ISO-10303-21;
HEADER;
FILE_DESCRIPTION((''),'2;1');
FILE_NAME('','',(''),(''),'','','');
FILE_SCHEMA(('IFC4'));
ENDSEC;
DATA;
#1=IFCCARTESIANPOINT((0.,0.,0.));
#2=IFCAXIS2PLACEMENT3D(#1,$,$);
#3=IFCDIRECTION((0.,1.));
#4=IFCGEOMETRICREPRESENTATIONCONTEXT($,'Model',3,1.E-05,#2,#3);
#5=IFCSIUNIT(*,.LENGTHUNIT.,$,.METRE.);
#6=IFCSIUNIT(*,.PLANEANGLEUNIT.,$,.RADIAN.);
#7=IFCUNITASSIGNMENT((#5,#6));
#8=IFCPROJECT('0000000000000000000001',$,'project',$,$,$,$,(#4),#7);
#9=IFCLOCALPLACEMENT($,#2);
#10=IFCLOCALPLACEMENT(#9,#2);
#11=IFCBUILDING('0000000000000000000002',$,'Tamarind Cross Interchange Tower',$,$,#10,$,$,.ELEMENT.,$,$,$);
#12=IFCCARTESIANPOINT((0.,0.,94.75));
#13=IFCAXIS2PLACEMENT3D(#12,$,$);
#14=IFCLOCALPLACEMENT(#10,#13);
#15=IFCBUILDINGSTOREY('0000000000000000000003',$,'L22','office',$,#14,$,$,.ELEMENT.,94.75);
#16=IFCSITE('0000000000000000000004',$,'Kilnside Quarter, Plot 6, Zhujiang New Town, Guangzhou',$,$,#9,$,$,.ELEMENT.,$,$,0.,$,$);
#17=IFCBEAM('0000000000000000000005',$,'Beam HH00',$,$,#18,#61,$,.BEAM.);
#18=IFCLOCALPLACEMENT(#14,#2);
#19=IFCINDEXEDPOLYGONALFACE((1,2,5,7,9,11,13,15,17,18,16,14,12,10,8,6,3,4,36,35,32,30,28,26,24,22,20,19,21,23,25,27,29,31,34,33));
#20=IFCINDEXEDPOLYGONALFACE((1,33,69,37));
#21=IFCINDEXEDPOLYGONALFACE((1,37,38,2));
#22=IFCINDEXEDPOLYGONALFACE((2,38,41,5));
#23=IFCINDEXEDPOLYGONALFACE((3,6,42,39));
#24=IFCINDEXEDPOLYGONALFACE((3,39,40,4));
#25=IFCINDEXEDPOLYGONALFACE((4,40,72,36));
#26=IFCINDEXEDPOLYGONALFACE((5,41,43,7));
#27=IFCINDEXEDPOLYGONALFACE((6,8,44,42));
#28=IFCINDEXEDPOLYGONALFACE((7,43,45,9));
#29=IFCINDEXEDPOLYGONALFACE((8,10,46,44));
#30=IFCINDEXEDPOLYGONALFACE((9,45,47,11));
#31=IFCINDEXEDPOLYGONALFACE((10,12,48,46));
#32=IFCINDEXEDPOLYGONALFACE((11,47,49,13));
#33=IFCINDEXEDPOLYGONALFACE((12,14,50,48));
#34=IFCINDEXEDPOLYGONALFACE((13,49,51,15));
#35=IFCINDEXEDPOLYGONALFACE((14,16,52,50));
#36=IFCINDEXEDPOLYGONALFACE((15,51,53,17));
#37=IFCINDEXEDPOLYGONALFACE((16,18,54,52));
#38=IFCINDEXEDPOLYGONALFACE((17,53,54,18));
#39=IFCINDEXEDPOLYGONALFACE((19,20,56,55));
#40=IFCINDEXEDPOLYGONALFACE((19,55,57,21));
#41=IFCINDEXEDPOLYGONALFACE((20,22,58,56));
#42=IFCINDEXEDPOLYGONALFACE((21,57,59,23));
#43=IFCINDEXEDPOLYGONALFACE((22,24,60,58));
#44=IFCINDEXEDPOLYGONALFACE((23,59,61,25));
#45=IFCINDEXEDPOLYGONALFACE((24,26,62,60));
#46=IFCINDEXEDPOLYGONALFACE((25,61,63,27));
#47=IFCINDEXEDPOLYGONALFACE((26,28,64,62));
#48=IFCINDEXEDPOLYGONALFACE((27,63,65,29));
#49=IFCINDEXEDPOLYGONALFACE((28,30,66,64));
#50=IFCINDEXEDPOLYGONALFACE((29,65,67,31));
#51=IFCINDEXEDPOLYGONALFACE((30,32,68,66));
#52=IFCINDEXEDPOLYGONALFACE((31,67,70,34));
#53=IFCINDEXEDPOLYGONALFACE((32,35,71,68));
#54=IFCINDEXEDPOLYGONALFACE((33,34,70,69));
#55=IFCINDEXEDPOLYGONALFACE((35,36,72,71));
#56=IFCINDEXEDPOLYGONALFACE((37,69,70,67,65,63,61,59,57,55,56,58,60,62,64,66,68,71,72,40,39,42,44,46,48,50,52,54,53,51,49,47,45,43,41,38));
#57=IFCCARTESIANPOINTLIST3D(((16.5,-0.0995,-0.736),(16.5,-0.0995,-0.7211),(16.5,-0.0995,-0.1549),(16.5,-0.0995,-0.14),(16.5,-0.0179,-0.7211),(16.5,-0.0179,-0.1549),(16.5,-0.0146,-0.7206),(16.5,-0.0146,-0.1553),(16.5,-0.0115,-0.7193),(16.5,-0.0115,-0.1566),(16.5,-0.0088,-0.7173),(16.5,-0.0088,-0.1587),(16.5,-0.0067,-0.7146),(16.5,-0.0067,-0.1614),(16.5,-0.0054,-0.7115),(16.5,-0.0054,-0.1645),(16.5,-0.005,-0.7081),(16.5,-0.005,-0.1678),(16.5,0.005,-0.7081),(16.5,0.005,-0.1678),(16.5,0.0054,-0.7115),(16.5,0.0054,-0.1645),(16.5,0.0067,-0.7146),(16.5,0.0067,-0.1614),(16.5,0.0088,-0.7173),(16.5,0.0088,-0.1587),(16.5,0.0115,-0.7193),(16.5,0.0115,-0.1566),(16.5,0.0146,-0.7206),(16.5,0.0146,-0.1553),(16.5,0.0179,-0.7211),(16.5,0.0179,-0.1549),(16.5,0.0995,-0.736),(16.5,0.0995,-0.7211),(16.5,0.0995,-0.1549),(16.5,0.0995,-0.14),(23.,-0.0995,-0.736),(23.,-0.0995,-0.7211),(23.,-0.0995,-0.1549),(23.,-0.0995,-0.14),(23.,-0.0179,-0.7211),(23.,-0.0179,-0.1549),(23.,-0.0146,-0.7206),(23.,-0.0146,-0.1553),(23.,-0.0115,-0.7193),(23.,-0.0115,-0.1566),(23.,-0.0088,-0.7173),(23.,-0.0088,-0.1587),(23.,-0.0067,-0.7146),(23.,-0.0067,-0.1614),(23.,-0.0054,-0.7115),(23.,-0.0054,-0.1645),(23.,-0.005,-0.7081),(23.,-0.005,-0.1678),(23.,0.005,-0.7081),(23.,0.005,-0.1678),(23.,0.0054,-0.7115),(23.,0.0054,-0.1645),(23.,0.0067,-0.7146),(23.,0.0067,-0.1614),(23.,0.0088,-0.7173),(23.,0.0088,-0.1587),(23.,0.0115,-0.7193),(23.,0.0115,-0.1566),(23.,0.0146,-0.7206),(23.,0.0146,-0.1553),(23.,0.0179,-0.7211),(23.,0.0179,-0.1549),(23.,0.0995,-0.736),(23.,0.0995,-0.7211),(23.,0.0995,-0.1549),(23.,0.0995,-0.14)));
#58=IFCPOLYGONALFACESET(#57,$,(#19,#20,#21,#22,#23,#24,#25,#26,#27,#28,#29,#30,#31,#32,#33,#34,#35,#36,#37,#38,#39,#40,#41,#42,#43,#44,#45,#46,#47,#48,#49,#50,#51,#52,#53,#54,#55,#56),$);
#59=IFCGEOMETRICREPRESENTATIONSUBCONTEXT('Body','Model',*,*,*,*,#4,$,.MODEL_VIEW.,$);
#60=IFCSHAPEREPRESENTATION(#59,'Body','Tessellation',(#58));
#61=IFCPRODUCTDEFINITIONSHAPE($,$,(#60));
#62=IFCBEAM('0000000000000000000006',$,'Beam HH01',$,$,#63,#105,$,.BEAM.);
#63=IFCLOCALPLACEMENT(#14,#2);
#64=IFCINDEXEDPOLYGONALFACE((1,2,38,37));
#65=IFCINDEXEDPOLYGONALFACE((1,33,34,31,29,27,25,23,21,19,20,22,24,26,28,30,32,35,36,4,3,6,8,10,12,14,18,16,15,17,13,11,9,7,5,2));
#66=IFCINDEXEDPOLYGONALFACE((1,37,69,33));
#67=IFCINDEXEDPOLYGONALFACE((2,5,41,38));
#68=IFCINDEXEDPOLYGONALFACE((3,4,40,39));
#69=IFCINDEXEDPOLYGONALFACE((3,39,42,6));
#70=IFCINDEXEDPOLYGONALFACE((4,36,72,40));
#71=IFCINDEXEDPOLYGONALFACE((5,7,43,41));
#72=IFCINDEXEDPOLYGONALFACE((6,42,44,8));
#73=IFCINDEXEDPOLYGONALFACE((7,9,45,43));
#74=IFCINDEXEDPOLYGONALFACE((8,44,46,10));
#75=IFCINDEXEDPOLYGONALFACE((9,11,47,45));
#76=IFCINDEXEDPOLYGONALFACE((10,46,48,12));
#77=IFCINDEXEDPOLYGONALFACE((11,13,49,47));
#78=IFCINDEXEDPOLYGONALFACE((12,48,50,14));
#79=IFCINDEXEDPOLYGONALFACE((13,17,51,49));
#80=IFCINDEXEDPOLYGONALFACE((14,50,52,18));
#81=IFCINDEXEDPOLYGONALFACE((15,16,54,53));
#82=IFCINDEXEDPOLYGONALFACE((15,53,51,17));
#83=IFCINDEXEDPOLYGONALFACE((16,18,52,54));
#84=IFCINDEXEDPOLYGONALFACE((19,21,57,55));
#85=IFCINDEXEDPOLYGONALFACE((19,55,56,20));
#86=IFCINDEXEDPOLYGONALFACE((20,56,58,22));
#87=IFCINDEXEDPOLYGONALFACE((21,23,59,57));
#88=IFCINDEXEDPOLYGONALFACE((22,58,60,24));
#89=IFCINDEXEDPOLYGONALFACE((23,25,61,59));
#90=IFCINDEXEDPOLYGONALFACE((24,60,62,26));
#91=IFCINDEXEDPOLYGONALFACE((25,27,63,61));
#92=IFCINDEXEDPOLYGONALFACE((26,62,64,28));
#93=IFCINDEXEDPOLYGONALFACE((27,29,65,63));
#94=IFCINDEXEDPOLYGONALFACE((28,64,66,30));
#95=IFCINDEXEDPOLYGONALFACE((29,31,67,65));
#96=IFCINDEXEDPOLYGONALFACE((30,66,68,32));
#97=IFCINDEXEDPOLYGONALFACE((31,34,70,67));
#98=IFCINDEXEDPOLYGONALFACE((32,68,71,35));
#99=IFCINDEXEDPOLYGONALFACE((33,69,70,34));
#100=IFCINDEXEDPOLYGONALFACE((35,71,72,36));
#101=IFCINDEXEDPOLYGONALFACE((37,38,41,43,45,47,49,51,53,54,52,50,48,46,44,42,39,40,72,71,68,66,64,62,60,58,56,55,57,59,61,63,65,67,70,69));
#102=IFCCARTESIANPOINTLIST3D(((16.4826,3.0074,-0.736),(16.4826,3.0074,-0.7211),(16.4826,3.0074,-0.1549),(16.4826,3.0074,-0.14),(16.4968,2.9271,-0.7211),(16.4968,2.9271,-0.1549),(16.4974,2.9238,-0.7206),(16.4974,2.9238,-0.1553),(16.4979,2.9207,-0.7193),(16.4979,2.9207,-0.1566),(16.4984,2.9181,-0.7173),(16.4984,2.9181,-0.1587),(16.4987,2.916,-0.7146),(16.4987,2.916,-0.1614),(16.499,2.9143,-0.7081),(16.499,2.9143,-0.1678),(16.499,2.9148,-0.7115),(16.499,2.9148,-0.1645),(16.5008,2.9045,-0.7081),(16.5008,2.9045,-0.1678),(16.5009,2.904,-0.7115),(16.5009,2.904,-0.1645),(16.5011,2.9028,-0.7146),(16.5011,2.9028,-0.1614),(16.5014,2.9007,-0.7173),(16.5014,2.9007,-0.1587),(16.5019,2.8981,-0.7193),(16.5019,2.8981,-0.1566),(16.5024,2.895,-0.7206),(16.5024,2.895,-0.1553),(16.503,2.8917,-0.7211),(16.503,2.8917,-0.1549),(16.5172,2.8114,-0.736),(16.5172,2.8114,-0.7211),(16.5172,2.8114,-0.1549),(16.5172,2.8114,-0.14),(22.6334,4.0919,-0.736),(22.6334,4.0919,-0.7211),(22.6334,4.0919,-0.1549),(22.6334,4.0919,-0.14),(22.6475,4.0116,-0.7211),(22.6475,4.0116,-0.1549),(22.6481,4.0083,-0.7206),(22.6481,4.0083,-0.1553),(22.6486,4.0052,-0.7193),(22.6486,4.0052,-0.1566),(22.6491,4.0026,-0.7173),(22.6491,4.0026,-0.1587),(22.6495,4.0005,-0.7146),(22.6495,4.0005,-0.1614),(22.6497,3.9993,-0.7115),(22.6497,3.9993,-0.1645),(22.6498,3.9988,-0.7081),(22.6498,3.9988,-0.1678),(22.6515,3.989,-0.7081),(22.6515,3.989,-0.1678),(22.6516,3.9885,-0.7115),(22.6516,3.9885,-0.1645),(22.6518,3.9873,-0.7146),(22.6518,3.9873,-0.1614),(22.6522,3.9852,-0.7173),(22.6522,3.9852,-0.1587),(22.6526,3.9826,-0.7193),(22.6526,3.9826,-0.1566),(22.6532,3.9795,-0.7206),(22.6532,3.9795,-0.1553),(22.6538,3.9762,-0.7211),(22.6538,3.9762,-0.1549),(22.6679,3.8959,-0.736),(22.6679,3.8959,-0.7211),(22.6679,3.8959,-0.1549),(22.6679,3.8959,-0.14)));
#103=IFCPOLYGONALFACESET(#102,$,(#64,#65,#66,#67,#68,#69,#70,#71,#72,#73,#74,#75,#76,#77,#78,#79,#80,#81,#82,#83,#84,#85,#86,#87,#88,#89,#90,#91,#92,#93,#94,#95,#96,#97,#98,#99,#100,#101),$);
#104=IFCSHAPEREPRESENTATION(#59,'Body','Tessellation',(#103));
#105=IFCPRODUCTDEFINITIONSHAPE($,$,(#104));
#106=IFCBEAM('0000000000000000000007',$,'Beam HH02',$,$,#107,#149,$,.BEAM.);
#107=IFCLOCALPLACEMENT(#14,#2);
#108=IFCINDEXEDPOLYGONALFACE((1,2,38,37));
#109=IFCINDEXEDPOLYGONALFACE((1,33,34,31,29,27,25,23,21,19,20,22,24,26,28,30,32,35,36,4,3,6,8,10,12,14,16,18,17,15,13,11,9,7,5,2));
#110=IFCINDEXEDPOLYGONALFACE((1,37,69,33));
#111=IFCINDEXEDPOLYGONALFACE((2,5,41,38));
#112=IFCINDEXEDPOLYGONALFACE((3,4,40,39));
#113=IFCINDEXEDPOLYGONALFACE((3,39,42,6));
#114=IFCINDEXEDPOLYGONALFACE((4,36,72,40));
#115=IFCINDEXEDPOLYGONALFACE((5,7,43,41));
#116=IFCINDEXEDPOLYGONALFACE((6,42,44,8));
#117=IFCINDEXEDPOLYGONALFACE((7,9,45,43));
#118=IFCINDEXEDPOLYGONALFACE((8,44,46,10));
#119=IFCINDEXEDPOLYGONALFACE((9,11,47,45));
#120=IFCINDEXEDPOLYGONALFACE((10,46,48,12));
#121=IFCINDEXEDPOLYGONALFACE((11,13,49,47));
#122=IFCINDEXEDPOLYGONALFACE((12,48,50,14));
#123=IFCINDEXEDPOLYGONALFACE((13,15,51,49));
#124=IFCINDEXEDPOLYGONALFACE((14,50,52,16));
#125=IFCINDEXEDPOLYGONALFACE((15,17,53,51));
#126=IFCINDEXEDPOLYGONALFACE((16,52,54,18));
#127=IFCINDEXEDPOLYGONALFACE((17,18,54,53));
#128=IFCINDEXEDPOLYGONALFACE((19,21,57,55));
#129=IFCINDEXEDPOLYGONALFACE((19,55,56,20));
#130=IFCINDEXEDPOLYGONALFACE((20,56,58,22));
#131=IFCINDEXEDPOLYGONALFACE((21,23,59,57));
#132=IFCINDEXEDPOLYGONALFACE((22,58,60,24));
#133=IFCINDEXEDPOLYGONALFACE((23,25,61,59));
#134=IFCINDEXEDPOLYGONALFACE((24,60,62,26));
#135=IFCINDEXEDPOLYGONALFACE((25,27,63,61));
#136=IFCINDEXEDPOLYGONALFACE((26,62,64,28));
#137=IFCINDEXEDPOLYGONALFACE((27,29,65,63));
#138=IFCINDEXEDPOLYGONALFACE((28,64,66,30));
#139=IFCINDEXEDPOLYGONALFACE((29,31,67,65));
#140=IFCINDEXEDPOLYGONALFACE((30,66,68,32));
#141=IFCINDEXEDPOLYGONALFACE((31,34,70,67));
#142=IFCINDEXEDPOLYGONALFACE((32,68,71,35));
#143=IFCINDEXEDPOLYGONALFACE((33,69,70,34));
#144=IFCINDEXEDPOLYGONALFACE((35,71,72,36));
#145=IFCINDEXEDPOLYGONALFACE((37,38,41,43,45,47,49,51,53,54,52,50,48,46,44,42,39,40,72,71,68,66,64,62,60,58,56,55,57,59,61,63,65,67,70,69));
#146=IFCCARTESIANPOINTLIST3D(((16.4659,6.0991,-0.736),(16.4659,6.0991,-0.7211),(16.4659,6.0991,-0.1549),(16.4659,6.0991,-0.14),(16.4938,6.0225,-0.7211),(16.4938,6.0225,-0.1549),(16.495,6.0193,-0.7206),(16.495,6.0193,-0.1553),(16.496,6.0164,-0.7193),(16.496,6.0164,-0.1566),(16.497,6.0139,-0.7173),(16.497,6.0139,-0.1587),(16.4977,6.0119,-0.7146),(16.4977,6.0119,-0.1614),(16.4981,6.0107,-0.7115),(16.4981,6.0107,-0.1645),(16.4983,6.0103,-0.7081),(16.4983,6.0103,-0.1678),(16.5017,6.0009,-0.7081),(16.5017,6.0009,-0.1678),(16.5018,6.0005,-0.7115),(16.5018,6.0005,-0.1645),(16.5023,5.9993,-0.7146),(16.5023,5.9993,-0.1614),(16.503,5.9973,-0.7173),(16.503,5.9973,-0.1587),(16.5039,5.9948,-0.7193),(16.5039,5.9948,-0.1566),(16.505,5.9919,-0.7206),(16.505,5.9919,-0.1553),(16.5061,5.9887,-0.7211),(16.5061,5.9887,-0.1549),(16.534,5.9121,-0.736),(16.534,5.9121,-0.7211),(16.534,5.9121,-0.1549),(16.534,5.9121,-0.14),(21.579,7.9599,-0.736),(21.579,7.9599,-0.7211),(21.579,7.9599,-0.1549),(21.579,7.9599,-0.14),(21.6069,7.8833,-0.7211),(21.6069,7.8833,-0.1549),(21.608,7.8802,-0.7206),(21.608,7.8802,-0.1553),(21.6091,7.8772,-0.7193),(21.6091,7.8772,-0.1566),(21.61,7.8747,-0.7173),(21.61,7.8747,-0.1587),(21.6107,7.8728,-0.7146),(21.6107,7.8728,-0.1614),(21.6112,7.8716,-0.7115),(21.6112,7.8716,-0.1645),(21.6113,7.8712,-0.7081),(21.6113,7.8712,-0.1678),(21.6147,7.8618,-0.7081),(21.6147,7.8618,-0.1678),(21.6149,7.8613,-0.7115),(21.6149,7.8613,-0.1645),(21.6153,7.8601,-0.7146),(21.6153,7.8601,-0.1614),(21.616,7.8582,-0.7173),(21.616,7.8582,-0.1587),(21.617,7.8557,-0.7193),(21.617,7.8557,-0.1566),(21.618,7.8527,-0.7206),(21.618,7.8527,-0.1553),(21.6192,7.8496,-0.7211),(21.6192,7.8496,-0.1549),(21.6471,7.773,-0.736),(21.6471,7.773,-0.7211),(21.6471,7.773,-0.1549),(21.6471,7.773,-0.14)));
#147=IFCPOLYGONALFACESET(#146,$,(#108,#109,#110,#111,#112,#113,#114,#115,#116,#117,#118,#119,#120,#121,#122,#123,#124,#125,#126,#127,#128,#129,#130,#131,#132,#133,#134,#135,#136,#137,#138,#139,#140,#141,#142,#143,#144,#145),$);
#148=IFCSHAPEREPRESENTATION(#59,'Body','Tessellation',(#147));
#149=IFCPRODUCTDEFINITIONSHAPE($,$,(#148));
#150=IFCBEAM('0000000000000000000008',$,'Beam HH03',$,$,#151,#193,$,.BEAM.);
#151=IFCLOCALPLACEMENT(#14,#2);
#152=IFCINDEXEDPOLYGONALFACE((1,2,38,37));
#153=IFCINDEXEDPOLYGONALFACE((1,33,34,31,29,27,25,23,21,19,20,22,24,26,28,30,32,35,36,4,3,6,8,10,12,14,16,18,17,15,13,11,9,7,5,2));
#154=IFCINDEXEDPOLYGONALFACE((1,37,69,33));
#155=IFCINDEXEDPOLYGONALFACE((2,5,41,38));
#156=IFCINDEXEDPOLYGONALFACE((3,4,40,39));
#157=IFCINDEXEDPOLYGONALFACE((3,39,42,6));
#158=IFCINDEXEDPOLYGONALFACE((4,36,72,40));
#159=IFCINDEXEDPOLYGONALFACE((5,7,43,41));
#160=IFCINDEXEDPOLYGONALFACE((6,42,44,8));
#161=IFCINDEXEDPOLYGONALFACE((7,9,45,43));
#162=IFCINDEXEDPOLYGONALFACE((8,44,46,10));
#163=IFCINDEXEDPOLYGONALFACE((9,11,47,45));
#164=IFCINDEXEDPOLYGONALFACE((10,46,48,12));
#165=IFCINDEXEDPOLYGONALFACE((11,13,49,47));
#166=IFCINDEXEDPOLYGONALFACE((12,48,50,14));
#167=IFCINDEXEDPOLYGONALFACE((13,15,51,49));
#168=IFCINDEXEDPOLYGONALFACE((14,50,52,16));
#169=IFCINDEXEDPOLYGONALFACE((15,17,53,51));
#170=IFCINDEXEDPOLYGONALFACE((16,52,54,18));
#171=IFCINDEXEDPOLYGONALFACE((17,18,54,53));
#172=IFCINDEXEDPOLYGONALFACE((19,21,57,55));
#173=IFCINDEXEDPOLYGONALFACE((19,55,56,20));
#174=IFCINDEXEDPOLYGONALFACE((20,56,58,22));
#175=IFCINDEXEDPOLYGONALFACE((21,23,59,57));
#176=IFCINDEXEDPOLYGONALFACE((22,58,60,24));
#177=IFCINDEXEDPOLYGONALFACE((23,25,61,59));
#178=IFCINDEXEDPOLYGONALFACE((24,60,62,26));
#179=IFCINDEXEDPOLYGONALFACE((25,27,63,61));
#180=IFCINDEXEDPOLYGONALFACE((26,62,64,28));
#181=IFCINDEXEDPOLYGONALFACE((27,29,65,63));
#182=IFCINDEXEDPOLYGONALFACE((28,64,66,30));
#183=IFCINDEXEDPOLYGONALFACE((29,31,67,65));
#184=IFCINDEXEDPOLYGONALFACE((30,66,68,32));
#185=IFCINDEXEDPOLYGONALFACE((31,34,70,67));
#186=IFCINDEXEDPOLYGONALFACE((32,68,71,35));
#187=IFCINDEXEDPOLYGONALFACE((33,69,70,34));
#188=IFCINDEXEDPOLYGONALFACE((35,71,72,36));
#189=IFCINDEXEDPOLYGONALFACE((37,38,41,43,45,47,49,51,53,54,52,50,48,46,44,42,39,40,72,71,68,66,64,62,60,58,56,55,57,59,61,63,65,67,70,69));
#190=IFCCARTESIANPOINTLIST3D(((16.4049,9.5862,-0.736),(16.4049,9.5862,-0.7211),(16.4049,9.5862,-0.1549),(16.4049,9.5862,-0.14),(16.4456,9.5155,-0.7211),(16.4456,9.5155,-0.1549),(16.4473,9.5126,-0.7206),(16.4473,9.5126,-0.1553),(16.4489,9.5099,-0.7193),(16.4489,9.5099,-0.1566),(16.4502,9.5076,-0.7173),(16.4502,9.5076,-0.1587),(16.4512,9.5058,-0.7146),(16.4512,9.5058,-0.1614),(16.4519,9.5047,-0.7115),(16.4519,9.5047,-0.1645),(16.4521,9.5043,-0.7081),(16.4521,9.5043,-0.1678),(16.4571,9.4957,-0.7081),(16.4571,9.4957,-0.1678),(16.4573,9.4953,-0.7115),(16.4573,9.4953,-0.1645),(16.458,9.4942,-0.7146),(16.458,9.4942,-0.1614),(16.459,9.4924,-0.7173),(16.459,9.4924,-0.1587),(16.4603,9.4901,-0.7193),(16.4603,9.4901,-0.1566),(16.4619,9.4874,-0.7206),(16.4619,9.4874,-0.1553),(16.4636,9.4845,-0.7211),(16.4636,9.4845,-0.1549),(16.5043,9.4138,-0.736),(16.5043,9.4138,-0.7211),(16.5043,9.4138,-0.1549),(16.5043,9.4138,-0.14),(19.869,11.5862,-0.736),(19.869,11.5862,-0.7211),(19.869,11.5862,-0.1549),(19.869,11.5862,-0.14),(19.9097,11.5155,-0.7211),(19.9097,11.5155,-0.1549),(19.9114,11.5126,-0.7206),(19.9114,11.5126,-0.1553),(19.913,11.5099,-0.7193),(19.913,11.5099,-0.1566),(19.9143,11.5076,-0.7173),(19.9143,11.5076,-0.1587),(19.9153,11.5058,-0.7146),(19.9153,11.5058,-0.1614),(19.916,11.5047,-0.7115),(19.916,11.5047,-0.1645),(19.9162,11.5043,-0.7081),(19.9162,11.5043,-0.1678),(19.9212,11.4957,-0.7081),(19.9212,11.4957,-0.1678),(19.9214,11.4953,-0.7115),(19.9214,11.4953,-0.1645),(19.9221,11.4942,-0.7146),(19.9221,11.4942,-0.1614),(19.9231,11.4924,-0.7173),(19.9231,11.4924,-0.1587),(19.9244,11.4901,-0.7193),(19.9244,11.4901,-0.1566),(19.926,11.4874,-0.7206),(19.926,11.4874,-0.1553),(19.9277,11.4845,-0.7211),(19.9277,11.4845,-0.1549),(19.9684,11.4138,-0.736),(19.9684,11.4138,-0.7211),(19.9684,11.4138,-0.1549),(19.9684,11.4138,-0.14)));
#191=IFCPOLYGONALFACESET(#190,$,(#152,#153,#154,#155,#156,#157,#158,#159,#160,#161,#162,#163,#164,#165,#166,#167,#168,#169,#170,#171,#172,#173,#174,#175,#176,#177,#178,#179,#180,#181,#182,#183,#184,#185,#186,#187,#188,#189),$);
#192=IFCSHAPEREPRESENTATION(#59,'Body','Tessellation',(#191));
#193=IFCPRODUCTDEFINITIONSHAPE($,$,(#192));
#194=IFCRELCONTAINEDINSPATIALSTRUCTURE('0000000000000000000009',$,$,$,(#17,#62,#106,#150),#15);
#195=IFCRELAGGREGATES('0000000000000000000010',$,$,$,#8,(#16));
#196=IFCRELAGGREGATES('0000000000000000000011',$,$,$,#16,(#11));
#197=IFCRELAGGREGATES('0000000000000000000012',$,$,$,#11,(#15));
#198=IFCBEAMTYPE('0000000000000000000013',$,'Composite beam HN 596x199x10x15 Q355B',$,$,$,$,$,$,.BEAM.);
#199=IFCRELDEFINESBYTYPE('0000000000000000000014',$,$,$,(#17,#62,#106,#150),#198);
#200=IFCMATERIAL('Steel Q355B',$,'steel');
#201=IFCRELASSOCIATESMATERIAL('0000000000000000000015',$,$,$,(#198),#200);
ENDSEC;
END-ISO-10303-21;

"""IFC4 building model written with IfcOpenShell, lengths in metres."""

from ifc_helpers import new_model, si_unit, direction, frame, origin, origin_2d, place, context, subcontext, project, spatial, i_section, extrude, material, material_profile, profile_set, type_object, element, save


model = new_model("IFC4")

# Units and contexts
model_context = context("Model", 3, precision=1e-05, world=origin(), true_north=direction((0.0, 1.0)))
body_context = subcontext(model_context, "Body", "Model", "MODEL_VIEW")
ifc_project = project(units=[si_unit("LENGTHUNIT", "METRE"), si_unit("PLANEANGLEUNIT", "RADIAN")], contexts=[model_context])

# Site, building, storey
site_placement = place(None, origin())
site = spatial("IfcSite", under=ifc_project, at=site_placement, Name="Kilnside Quarter, Plot 6, Zhujiang New Town, Guangzhou", CompositionType="ELEMENT", RefElevation=0.0)
building_placement = place(site_placement, origin())
building = spatial("IfcBuilding", under=site, at=building_placement, Name="Tamarind Cross Interchange Tower", CompositionType="ELEMENT")
storey_placement = place(building_placement, frame((0.0, 0.0, 94.75)))
storey = spatial("IfcBuildingStorey", under=building, at=storey_placement, Name="L22", Description="office", CompositionType="ELEMENT", Elevation=94.75)

# Beams
ifc_material_1 = material(Name="Steel Q355B", Category="steel")
ifc_material_profile_1 = material_profile(ifc_material_1, i_section(OverallWidth=0.199, OverallDepth=0.5959, WebThickness=0.01, FlangeThickness=0.0149, FilletRadius=0.0129, at=origin_2d()), Name="HN 596x199x10x15")
ifc_profile_set_1 = profile_set([ifc_material_profile_1], Name="Steel Q355B")
beam_type = type_object("IfcBeamType", Name="Composite beam HN 596x199x10x15 Q355B", PredefinedType="BEAM", material=ifc_profile_set_1)
beam_1_placement = place(storey_placement, frame((23.0, 0.0, -0.438), z_axis=(-1.0, 0.0, 0.0), x_axis=(0.0, -1.0, 0.0)))
element("IfcBeam", 1, at=beam_1_placement, inside=storey, type_object=beam_type, Name="Beam HH00", PredefinedType="BEAM", context=body_context, shape_type="SweptSolid", body=[
    extrude(i_section(OverallWidth=0.199, OverallDepth=0.5959, WebThickness=0.01, FlangeThickness=0.0149, FilletRadius=0.0129, at=origin_2d()), origin(), (0.0, 0.0, 1.0), 6.5),
])
beam_2_placement = place(storey_placement, frame((22.6506, 3.9939, -0.438), z_axis=(-0.984809, -0.17364, 0.0), x_axis=(0.17364, -0.984809, 0.0)))
element("IfcBeam", 2, at=beam_2_placement, inside=storey, type_object=beam_type, Name="Beam HH01", PredefinedType="BEAM", context=body_context, shape_type="SweptSolid", body=[
    extrude(i_section(OverallWidth=0.199, OverallDepth=0.5959, WebThickness=0.01, FlangeThickness=0.0149, FilletRadius=0.0129, at=origin_2d()), origin(), (0.0, 0.0, 1.0), 6.2456),
])
beam_3_placement = place(storey_placement, frame((21.613, 7.8665, -0.438), z_axis=(-0.939702, -0.341995, 0.0), x_axis=(0.341995, -0.939702, 0.0)))
element("IfcBeam", 3, at=beam_3_placement, inside=storey, type_object=beam_type, Name="Beam HH02", PredefinedType="BEAM", context=body_context, shape_type="SweptSolid", body=[
    extrude(i_section(OverallWidth=0.199, OverallDepth=0.5959, WebThickness=0.01, FlangeThickness=0.0149, FilletRadius=0.0129, at=origin_2d()), origin(), (0.0, 0.0, 1.0), 5.4412),
])
beam_4_placement = place(storey_placement, frame((19.9187, 11.5, -0.438), z_axis=(-0.866026, -0.499999, 0.0), x_axis=(0.499999, -0.866026, 0.0)))
element("IfcBeam", 4, at=beam_4_placement, inside=storey, type_object=beam_type, Name="Beam HH03", PredefinedType="BEAM", context=body_context, shape_type="SweptSolid", body=[
    extrude(i_section(OverallWidth=0.199, OverallDepth=0.5959, WebThickness=0.01, FlangeThickness=0.0149, FilletRadius=0.0129, at=origin_2d()), origin(), (0.0, 0.0, 1.0), 4.0),
])

save(model, "model.ifc")
